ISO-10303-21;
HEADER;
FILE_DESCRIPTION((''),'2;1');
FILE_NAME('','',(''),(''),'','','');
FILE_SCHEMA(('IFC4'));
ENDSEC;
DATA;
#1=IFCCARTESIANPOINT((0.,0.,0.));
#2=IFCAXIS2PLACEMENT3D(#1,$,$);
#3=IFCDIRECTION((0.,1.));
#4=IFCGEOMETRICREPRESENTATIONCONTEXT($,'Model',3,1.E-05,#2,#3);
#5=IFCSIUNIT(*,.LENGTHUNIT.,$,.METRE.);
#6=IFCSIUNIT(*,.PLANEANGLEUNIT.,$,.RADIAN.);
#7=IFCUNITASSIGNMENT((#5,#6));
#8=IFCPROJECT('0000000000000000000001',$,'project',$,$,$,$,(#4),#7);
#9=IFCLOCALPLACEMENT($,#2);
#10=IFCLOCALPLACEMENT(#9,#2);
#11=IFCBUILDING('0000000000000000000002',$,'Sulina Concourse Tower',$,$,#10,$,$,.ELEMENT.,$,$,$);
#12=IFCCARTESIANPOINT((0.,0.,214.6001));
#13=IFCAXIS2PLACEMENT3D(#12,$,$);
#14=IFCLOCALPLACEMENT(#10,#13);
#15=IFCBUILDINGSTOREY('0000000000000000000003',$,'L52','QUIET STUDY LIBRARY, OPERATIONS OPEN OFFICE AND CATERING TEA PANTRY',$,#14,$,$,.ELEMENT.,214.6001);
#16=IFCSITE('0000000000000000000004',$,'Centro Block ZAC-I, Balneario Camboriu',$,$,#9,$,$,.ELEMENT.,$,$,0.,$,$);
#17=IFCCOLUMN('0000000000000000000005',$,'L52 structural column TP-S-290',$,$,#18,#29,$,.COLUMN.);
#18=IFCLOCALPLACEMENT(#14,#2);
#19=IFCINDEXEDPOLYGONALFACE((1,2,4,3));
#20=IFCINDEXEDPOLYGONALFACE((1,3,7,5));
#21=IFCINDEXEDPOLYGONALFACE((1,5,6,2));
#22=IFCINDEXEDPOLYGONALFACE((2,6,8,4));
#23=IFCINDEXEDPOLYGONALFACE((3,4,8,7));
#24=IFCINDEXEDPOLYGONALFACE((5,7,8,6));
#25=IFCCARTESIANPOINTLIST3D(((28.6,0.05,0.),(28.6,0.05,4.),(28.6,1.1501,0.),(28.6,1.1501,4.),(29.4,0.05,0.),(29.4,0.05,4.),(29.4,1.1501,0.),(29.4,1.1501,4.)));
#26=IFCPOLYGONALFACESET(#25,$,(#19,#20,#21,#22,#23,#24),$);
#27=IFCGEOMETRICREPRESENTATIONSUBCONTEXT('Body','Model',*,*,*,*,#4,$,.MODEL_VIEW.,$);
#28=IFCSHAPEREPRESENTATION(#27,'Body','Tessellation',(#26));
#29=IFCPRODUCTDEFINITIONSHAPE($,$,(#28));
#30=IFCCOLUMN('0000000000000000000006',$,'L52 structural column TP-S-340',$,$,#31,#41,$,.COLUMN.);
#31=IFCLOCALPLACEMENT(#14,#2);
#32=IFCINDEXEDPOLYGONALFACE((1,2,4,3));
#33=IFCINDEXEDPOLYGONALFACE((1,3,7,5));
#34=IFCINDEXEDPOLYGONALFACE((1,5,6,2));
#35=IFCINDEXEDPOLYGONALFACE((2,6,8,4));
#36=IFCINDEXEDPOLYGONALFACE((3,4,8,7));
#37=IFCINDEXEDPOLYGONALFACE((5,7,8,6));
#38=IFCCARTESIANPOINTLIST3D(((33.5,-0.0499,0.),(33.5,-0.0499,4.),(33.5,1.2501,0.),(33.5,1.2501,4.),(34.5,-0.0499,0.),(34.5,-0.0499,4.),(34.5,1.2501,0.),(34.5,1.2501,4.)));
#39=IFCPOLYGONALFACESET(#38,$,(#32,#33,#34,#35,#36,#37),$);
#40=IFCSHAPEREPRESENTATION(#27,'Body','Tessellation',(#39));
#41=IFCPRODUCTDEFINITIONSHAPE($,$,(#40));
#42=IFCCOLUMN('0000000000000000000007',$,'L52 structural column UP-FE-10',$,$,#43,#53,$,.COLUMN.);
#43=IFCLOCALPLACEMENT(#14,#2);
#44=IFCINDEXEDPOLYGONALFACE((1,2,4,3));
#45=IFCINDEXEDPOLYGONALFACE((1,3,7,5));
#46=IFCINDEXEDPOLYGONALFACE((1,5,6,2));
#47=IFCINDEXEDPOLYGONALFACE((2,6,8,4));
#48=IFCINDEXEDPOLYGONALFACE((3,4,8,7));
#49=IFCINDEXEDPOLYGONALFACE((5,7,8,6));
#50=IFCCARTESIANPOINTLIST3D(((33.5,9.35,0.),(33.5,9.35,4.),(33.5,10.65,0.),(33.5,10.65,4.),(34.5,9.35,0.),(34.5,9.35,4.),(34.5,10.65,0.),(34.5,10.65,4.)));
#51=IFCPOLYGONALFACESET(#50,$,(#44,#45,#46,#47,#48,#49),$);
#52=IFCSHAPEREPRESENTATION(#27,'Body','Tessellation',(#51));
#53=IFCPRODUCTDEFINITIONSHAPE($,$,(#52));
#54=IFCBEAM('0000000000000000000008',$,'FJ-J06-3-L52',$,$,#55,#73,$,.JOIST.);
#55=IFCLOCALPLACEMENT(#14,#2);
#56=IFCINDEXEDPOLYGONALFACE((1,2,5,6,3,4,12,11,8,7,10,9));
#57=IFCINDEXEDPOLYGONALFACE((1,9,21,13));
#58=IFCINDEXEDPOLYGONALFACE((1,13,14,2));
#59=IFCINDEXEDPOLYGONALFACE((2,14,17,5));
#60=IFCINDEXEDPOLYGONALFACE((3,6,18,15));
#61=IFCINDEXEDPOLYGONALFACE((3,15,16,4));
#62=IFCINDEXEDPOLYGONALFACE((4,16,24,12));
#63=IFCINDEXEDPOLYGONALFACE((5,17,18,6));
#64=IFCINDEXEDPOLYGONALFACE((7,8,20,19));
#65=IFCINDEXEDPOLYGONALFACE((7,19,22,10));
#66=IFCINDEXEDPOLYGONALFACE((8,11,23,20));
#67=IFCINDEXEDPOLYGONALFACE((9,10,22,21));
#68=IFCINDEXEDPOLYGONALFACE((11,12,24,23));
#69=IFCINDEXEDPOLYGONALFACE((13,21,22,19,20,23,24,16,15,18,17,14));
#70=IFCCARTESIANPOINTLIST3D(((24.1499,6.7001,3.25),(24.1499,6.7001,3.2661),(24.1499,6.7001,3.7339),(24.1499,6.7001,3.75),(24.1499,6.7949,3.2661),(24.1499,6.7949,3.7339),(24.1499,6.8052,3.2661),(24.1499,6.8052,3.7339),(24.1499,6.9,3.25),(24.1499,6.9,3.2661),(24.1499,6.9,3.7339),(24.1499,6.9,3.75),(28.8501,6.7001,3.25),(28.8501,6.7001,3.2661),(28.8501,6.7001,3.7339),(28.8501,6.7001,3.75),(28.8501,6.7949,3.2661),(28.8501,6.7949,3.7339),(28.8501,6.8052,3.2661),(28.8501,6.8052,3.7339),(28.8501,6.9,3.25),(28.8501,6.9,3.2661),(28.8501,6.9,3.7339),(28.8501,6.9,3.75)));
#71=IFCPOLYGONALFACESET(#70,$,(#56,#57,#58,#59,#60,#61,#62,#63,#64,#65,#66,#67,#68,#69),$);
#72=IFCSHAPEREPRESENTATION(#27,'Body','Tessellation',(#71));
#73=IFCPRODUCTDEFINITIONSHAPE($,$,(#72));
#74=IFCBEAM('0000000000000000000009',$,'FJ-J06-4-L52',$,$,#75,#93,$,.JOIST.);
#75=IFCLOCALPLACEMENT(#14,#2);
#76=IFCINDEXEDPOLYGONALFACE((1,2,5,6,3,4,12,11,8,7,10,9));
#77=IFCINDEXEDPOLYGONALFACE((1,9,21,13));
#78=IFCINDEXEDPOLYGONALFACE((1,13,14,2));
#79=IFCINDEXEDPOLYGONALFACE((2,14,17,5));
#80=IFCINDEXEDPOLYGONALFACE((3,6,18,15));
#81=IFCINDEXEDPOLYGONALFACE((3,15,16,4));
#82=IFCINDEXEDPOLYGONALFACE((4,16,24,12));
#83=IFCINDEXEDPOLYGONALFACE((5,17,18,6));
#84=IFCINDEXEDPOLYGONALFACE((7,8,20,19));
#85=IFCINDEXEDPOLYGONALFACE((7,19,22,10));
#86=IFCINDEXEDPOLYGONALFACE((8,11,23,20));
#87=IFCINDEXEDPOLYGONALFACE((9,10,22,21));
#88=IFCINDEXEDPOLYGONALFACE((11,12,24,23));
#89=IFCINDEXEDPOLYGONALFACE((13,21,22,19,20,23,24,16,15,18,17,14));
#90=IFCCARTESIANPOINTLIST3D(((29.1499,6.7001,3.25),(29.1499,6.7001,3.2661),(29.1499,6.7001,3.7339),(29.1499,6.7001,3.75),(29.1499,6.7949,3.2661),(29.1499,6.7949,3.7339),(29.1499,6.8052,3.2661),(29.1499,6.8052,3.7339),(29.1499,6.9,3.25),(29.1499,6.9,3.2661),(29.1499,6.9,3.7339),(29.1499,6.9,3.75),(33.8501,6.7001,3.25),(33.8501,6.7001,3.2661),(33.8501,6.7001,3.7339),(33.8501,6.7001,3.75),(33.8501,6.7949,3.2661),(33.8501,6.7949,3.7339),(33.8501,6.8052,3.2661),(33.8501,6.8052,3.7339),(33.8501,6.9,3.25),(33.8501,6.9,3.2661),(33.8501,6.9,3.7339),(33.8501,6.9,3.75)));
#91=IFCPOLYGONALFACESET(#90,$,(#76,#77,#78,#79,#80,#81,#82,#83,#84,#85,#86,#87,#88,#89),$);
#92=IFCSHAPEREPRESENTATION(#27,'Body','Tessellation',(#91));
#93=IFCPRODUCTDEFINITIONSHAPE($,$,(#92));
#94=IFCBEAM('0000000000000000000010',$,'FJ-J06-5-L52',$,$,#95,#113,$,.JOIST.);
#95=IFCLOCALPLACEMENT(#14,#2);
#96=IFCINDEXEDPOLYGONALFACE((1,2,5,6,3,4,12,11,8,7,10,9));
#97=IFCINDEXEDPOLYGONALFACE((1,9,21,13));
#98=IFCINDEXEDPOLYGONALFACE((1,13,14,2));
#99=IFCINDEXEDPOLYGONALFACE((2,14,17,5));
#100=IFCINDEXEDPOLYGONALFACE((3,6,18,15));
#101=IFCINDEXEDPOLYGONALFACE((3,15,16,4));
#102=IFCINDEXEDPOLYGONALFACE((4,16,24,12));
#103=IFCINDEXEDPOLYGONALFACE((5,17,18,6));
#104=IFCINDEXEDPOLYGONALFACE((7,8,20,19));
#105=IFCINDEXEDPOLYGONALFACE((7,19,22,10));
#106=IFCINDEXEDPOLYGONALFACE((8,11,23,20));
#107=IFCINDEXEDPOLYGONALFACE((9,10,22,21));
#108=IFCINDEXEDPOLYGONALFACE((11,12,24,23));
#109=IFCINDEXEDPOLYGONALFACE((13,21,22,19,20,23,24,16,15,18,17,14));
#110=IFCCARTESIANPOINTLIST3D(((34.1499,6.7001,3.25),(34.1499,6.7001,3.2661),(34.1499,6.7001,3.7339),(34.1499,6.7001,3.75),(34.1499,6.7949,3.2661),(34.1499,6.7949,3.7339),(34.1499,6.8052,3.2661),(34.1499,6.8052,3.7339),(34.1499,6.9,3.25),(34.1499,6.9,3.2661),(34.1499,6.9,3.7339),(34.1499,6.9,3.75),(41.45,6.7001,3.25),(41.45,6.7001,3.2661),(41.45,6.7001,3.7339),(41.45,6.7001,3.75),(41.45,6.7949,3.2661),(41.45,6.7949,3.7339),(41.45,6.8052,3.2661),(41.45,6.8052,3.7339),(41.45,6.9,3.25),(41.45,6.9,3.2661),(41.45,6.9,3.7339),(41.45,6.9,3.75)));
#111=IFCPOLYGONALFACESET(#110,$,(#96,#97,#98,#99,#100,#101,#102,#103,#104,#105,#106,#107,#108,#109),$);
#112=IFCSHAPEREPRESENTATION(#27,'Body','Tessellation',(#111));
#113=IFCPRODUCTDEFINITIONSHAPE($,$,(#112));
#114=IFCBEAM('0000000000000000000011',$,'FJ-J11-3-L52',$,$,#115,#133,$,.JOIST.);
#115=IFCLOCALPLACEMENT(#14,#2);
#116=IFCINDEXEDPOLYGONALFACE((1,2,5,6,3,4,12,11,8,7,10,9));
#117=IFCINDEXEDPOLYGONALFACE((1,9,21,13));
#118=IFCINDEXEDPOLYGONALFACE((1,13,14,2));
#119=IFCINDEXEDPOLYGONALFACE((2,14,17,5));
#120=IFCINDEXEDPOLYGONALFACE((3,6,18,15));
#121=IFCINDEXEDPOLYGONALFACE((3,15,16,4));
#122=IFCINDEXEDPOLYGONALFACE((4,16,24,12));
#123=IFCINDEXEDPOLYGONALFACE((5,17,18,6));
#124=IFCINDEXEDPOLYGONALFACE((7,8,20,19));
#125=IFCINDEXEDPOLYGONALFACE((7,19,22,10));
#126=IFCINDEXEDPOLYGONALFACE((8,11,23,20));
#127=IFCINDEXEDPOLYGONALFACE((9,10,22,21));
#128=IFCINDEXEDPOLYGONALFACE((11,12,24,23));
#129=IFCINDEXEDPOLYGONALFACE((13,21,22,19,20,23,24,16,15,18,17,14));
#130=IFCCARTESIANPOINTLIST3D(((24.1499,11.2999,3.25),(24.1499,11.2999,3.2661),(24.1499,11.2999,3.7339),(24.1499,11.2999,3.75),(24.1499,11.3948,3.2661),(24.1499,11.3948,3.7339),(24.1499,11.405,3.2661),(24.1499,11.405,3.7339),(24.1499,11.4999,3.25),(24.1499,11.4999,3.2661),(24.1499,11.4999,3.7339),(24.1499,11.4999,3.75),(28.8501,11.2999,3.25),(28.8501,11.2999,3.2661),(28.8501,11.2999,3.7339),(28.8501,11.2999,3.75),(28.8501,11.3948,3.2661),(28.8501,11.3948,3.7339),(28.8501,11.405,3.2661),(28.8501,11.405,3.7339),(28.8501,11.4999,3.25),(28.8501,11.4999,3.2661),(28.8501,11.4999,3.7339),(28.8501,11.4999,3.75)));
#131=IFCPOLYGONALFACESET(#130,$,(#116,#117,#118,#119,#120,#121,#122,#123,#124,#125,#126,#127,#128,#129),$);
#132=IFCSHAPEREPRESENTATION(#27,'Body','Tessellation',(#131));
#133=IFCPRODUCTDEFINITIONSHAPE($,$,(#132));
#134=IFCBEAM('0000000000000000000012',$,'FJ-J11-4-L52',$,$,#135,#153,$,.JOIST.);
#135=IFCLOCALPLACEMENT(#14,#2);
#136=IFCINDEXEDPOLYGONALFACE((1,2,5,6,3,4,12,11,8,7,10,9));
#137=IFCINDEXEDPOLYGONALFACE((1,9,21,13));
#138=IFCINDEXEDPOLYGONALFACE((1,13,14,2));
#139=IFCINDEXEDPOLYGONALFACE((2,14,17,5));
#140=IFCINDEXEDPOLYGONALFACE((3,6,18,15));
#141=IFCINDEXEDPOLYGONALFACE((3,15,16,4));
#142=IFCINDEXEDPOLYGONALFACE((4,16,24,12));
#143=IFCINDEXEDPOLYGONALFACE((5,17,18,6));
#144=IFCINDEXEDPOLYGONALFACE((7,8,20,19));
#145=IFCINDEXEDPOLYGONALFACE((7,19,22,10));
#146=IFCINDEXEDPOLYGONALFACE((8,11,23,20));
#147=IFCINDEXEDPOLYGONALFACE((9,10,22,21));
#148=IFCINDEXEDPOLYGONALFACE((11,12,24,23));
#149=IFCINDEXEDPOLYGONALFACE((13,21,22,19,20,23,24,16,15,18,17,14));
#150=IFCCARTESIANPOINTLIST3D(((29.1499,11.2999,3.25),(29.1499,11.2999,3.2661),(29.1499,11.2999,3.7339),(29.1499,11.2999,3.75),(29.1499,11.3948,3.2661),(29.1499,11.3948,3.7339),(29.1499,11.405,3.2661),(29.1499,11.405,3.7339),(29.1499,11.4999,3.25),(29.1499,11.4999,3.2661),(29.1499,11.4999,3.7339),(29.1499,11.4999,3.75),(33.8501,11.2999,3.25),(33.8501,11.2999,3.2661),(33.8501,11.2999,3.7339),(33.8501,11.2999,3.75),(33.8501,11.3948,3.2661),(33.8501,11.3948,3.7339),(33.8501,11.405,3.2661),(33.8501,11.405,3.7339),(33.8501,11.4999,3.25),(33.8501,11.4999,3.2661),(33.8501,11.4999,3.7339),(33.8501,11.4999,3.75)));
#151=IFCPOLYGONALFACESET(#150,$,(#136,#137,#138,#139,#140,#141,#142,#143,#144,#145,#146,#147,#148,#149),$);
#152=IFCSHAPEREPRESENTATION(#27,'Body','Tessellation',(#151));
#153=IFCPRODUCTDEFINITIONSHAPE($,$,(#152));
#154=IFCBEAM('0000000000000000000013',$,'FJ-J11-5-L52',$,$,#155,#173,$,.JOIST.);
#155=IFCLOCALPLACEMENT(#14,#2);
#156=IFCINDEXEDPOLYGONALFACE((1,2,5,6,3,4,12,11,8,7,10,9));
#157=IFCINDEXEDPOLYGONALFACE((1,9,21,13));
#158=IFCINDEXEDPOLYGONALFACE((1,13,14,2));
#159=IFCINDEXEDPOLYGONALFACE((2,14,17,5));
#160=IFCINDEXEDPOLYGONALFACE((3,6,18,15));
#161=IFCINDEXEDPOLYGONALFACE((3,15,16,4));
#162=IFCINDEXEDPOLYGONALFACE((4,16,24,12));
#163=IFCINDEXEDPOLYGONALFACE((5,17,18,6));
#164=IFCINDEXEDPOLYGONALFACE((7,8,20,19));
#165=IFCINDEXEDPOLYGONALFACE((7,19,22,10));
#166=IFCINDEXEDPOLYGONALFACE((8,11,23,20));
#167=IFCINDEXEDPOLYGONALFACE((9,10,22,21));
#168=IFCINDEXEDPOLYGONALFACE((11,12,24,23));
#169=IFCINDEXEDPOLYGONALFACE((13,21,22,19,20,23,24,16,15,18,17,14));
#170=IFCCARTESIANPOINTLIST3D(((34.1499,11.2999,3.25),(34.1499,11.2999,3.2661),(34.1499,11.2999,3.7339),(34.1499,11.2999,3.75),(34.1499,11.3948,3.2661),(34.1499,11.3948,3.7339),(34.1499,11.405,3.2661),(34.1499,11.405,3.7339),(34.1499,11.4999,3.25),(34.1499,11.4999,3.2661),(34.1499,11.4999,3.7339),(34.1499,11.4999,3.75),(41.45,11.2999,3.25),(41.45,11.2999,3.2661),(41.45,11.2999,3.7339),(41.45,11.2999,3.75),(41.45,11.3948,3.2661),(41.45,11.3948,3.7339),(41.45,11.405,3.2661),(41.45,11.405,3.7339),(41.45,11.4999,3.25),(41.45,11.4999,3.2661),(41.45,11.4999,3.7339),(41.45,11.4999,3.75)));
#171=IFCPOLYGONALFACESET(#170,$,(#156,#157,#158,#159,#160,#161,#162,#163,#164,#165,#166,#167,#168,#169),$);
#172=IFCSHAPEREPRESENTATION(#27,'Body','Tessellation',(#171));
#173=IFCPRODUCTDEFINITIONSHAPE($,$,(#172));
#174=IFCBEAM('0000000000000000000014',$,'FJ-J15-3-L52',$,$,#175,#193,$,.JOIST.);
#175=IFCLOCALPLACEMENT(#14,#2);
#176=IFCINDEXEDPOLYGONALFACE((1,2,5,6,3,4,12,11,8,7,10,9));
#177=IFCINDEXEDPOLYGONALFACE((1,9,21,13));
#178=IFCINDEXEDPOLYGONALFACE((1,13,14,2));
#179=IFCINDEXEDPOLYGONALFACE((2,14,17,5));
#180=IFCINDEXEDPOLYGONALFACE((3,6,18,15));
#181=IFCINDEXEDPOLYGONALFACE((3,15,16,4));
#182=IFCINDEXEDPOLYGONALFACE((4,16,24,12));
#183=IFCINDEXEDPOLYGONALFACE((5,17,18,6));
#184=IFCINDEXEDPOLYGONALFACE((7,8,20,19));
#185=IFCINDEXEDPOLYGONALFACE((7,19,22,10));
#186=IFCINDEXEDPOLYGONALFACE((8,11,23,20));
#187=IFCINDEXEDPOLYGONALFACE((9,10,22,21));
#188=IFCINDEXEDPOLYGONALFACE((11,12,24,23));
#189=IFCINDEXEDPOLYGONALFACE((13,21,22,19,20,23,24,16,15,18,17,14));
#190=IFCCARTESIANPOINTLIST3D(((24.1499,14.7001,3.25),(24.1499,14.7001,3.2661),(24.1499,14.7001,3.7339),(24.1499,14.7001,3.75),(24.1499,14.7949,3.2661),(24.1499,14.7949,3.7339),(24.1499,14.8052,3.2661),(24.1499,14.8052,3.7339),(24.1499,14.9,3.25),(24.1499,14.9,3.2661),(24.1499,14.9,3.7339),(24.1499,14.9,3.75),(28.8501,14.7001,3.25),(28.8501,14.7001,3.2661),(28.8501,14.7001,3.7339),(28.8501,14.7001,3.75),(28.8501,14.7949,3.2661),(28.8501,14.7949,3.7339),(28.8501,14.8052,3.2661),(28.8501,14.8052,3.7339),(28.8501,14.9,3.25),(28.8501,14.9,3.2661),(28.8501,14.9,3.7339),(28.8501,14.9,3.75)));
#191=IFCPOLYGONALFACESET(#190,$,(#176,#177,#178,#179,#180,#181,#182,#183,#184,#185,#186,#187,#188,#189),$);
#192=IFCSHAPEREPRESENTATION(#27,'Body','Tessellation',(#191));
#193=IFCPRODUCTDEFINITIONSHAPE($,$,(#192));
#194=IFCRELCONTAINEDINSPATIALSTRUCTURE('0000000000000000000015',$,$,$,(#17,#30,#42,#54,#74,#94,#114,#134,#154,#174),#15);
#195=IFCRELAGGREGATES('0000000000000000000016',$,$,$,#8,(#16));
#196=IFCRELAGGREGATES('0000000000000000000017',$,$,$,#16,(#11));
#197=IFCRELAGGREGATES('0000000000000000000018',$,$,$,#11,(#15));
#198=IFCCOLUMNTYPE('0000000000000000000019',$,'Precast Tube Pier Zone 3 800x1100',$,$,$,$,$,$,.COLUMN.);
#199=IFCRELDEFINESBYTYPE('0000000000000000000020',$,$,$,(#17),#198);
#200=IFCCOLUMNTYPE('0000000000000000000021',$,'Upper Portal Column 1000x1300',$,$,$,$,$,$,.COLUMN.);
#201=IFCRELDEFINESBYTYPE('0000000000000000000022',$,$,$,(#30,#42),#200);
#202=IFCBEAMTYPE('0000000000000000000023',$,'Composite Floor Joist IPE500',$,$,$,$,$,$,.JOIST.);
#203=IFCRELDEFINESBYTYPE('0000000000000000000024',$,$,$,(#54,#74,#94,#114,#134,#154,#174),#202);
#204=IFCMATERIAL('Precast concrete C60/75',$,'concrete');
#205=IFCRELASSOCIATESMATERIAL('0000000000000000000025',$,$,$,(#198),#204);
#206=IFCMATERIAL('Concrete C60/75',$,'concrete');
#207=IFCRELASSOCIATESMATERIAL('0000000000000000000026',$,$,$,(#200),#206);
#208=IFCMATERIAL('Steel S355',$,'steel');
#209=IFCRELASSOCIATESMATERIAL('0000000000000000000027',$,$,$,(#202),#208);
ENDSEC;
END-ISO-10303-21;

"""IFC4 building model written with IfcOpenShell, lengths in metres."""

from ifc_helpers import new_model, si_unit, direction, frame, origin, origin_2d, place, context, subcontext, project, spatial, rectangle, i_section, extrude, material, material_profile, profile_set, type_object, element, save


model = new_model("IFC4")

# Units and contexts
model_context = context("Model", 3, precision=1e-05, world=origin(), true_north=direction((0.0, 1.0)))
body_context = subcontext(model_context, "Body", "Model", "MODEL_VIEW")
ifc_project = project(units=[si_unit("LENGTHUNIT", "METRE"), si_unit("PLANEANGLEUNIT", "RADIAN")], contexts=[model_context])

# Site, building, storey
site_placement = place(None, origin())
site = spatial("IfcSite", under=ifc_project, at=site_placement, Name="Centro Block ZAC-I, Balneario Camboriu", CompositionType="ELEMENT", RefElevation=0.0)
building_placement = place(site_placement, origin())
building = spatial("IfcBuilding", under=site, at=building_placement, Name="Sulina Concourse Tower", CompositionType="ELEMENT")
storey_placement = place(building_placement, frame((0.0, 0.0, 214.6001)))
storey = spatial("IfcBuildingStorey", under=building, at=storey_placement, Name="L52", Description="QUIET STUDY LIBRARY, OPERATIONS OPEN OFFICE AND CATERING TEA PANTRY", CompositionType="ELEMENT", Elevation=214.6001)

# Columns
ifc_material_1 = material(Name="Precast concrete C60/75", Category="concrete")
ifc_material_profile_1 = material_profile(ifc_material_1, rectangle(XDim=0.8, YDim=1.1001, at=origin_2d()), Name="PC 800x1100")
ifc_profile_set_1 = profile_set([ifc_material_profile_1], Name="Precast concrete C60/75")
column_type_1 = type_object("IfcColumnType", Name="Precast Tube Pier Zone 3 800x1100", PredefinedType="COLUMN", material=ifc_profile_set_1)
column_placement = place(storey_placement, frame((29.0, 0.6001, 0.0), z_axis=(0.0, 0.0, 1.0), x_axis=(1.0, 0.0, 0.0)))
element("IfcColumn", 1, at=column_placement, inside=storey, type_object=column_type_1, Name="L52 structural column TP-S-290", PredefinedType="COLUMN", context=body_context, shape_type="SweptSolid", body=[
    extrude(rectangle(XDim=0.8, YDim=1.1001, at=origin_2d()), origin(), (0.0, 0.0, 1.0), 4.0),
])
ifc_material_2 = material(Name="Concrete C60/75", Category="concrete")
ifc_material_profile_2 = material_profile(ifc_material_2, rectangle(XDim=1.0, YDim=1.3, at=origin_2d()), Name="RC 1000x1300")
ifc_profile_set_2 = profile_set([ifc_material_profile_2], Name="Concrete C60/75")
column_type_2 = type_object("IfcColumnType", Name="Upper Portal Column 1000x1300", PredefinedType="COLUMN", material=ifc_profile_set_2)
for number, where, z_axis, x_axis, name in (
    (2, (34.0, 0.6001, 0.0), (0.0, 0.0, 1.0), (1.0, 0.0, 0.0), "L52 structural column TP-S-340"),
    (3, (34.0, 10.0, 0.0), (0.0, 0.0, 1.0), (1.0, 0.0, 0.0), "L52 structural column UP-FE-10"),
):
    element("IfcColumn", number, at=place(storey_placement, frame(where, z_axis=z_axis, x_axis=x_axis)), inside=storey, type_object=column_type_2, Name=name, PredefinedType="COLUMN", context=body_context, shape_type="SweptSolid", body=[
        extrude(rectangle(XDim=1.0, YDim=1.3, at=origin_2d()), origin(), (0.0, 0.0, 1.0), 4.0),
    ])

# Beams
ifc_material_3 = material(Name="Steel S355", Category="steel")
ifc_material_profile_3 = material_profile(ifc_material_3, i_section(OverallWidth=0.2, OverallDepth=0.5, WebThickness=0.0103, FlangeThickness=0.0161, at=origin_2d()), Name="IPE 500")
ifc_profile_set_3 = profile_set([ifc_material_profile_3], Name="Steel S355")
beam_type_1 = type_object("IfcBeamType", Name="Composite Floor Joist IPE500", PredefinedType="JOIST", material=ifc_profile_set_3)
for number, where, z_axis, x_axis, name in (
    (4, (24.1499, 6.8, 3.5), (1.0, 0.0, 0.0), (0.0, 1.0, 0.0), "FJ-J06-3-L52"),
    (5, (29.1499, 6.8, 3.5), (1.0, 0.0, 0.0), (0.0, 1.0, 0.0), "FJ-J06-4-L52"),
):
    element("IfcBeam", number, at=place(storey_placement, frame(where, z_axis=z_axis, x_axis=x_axis)), inside=storey, type_object=beam_type_1, Name=name, PredefinedType="JOIST", context=body_context, shape_type="SweptSolid", body=[
        extrude(i_section(OverallWidth=0.2, OverallDepth=0.5, WebThickness=0.0103, FlangeThickness=0.0161, at=origin_2d()), origin(), (0.0, 0.0, 1.0), 4.7002),
    ])
beam_1_placement = place(storey_placement, frame((34.1499, 6.8, 3.5), z_axis=(1.0, 0.0, 0.0), x_axis=(0.0, 1.0, 0.0)))
element("IfcBeam", 6, at=beam_1_placement, inside=storey, type_object=beam_type_1, Name="FJ-J06-5-L52", PredefinedType="JOIST", context=body_context, shape_type="SweptSolid", body=[
    extrude(i_section(OverallWidth=0.2, OverallDepth=0.5, WebThickness=0.0103, FlangeThickness=0.0161, at=origin_2d()), origin(), (0.0, 0.0, 1.0), 7.3),
])
for number, where, z_axis, x_axis, name in (
    (7, (24.1499, 11.3999, 3.5), (1.0, 0.0, 0.0), (0.0, 1.0, 0.0), "FJ-J11-3-L52"),
    (8, (29.1499, 11.3999, 3.5), (1.0, 0.0, 0.0), (0.0, 1.0, 0.0), "FJ-J11-4-L52"),
):
    element("IfcBeam", number, at=place(storey_placement, frame(where, z_axis=z_axis, x_axis=x_axis)), inside=storey, type_object=beam_type_1, Name=name, PredefinedType="JOIST", context=body_context, shape_type="SweptSolid", body=[
        extrude(i_section(OverallWidth=0.2, OverallDepth=0.5, WebThickness=0.0103, FlangeThickness=0.0161, at=origin_2d()), origin(), (0.0, 0.0, 1.0), 4.7002),
    ])
beam_2_placement = place(storey_placement, frame((34.1499, 11.3999, 3.5), z_axis=(1.0, 0.0, 0.0), x_axis=(0.0, 1.0, 0.0)))
element("IfcBeam", 9, at=beam_2_placement, inside=storey, type_object=beam_type_1, Name="FJ-J11-5-L52", PredefinedType="JOIST", context=body_context, shape_type="SweptSolid", body=[
    extrude(i_section(OverallWidth=0.2, OverallDepth=0.5, WebThickness=0.0103, FlangeThickness=0.0161, at=origin_2d()), origin(), (0.0, 0.0, 1.0), 7.3),
])
for number, where, z_axis, x_axis, name in (
    (10, (24.1499, 14.8, 3.5), (1.0, 0.0, 0.0), (0.0, 1.0, 0.0), "FJ-J15-3-L52"),
):
    element("IfcBeam", number, at=place(storey_placement, frame(where, z_axis=z_axis, x_axis=x_axis)), inside=storey, type_object=beam_type_1, Name=name, PredefinedType="JOIST", context=body_context, shape_type="SweptSolid", body=[
        extrude(i_section(OverallWidth=0.2, OverallDepth=0.5, WebThickness=0.0103, FlangeThickness=0.0161, at=origin_2d()), origin(), (0.0, 0.0, 1.0), 4.7002),
    ])

save(model, "model.ifc")
